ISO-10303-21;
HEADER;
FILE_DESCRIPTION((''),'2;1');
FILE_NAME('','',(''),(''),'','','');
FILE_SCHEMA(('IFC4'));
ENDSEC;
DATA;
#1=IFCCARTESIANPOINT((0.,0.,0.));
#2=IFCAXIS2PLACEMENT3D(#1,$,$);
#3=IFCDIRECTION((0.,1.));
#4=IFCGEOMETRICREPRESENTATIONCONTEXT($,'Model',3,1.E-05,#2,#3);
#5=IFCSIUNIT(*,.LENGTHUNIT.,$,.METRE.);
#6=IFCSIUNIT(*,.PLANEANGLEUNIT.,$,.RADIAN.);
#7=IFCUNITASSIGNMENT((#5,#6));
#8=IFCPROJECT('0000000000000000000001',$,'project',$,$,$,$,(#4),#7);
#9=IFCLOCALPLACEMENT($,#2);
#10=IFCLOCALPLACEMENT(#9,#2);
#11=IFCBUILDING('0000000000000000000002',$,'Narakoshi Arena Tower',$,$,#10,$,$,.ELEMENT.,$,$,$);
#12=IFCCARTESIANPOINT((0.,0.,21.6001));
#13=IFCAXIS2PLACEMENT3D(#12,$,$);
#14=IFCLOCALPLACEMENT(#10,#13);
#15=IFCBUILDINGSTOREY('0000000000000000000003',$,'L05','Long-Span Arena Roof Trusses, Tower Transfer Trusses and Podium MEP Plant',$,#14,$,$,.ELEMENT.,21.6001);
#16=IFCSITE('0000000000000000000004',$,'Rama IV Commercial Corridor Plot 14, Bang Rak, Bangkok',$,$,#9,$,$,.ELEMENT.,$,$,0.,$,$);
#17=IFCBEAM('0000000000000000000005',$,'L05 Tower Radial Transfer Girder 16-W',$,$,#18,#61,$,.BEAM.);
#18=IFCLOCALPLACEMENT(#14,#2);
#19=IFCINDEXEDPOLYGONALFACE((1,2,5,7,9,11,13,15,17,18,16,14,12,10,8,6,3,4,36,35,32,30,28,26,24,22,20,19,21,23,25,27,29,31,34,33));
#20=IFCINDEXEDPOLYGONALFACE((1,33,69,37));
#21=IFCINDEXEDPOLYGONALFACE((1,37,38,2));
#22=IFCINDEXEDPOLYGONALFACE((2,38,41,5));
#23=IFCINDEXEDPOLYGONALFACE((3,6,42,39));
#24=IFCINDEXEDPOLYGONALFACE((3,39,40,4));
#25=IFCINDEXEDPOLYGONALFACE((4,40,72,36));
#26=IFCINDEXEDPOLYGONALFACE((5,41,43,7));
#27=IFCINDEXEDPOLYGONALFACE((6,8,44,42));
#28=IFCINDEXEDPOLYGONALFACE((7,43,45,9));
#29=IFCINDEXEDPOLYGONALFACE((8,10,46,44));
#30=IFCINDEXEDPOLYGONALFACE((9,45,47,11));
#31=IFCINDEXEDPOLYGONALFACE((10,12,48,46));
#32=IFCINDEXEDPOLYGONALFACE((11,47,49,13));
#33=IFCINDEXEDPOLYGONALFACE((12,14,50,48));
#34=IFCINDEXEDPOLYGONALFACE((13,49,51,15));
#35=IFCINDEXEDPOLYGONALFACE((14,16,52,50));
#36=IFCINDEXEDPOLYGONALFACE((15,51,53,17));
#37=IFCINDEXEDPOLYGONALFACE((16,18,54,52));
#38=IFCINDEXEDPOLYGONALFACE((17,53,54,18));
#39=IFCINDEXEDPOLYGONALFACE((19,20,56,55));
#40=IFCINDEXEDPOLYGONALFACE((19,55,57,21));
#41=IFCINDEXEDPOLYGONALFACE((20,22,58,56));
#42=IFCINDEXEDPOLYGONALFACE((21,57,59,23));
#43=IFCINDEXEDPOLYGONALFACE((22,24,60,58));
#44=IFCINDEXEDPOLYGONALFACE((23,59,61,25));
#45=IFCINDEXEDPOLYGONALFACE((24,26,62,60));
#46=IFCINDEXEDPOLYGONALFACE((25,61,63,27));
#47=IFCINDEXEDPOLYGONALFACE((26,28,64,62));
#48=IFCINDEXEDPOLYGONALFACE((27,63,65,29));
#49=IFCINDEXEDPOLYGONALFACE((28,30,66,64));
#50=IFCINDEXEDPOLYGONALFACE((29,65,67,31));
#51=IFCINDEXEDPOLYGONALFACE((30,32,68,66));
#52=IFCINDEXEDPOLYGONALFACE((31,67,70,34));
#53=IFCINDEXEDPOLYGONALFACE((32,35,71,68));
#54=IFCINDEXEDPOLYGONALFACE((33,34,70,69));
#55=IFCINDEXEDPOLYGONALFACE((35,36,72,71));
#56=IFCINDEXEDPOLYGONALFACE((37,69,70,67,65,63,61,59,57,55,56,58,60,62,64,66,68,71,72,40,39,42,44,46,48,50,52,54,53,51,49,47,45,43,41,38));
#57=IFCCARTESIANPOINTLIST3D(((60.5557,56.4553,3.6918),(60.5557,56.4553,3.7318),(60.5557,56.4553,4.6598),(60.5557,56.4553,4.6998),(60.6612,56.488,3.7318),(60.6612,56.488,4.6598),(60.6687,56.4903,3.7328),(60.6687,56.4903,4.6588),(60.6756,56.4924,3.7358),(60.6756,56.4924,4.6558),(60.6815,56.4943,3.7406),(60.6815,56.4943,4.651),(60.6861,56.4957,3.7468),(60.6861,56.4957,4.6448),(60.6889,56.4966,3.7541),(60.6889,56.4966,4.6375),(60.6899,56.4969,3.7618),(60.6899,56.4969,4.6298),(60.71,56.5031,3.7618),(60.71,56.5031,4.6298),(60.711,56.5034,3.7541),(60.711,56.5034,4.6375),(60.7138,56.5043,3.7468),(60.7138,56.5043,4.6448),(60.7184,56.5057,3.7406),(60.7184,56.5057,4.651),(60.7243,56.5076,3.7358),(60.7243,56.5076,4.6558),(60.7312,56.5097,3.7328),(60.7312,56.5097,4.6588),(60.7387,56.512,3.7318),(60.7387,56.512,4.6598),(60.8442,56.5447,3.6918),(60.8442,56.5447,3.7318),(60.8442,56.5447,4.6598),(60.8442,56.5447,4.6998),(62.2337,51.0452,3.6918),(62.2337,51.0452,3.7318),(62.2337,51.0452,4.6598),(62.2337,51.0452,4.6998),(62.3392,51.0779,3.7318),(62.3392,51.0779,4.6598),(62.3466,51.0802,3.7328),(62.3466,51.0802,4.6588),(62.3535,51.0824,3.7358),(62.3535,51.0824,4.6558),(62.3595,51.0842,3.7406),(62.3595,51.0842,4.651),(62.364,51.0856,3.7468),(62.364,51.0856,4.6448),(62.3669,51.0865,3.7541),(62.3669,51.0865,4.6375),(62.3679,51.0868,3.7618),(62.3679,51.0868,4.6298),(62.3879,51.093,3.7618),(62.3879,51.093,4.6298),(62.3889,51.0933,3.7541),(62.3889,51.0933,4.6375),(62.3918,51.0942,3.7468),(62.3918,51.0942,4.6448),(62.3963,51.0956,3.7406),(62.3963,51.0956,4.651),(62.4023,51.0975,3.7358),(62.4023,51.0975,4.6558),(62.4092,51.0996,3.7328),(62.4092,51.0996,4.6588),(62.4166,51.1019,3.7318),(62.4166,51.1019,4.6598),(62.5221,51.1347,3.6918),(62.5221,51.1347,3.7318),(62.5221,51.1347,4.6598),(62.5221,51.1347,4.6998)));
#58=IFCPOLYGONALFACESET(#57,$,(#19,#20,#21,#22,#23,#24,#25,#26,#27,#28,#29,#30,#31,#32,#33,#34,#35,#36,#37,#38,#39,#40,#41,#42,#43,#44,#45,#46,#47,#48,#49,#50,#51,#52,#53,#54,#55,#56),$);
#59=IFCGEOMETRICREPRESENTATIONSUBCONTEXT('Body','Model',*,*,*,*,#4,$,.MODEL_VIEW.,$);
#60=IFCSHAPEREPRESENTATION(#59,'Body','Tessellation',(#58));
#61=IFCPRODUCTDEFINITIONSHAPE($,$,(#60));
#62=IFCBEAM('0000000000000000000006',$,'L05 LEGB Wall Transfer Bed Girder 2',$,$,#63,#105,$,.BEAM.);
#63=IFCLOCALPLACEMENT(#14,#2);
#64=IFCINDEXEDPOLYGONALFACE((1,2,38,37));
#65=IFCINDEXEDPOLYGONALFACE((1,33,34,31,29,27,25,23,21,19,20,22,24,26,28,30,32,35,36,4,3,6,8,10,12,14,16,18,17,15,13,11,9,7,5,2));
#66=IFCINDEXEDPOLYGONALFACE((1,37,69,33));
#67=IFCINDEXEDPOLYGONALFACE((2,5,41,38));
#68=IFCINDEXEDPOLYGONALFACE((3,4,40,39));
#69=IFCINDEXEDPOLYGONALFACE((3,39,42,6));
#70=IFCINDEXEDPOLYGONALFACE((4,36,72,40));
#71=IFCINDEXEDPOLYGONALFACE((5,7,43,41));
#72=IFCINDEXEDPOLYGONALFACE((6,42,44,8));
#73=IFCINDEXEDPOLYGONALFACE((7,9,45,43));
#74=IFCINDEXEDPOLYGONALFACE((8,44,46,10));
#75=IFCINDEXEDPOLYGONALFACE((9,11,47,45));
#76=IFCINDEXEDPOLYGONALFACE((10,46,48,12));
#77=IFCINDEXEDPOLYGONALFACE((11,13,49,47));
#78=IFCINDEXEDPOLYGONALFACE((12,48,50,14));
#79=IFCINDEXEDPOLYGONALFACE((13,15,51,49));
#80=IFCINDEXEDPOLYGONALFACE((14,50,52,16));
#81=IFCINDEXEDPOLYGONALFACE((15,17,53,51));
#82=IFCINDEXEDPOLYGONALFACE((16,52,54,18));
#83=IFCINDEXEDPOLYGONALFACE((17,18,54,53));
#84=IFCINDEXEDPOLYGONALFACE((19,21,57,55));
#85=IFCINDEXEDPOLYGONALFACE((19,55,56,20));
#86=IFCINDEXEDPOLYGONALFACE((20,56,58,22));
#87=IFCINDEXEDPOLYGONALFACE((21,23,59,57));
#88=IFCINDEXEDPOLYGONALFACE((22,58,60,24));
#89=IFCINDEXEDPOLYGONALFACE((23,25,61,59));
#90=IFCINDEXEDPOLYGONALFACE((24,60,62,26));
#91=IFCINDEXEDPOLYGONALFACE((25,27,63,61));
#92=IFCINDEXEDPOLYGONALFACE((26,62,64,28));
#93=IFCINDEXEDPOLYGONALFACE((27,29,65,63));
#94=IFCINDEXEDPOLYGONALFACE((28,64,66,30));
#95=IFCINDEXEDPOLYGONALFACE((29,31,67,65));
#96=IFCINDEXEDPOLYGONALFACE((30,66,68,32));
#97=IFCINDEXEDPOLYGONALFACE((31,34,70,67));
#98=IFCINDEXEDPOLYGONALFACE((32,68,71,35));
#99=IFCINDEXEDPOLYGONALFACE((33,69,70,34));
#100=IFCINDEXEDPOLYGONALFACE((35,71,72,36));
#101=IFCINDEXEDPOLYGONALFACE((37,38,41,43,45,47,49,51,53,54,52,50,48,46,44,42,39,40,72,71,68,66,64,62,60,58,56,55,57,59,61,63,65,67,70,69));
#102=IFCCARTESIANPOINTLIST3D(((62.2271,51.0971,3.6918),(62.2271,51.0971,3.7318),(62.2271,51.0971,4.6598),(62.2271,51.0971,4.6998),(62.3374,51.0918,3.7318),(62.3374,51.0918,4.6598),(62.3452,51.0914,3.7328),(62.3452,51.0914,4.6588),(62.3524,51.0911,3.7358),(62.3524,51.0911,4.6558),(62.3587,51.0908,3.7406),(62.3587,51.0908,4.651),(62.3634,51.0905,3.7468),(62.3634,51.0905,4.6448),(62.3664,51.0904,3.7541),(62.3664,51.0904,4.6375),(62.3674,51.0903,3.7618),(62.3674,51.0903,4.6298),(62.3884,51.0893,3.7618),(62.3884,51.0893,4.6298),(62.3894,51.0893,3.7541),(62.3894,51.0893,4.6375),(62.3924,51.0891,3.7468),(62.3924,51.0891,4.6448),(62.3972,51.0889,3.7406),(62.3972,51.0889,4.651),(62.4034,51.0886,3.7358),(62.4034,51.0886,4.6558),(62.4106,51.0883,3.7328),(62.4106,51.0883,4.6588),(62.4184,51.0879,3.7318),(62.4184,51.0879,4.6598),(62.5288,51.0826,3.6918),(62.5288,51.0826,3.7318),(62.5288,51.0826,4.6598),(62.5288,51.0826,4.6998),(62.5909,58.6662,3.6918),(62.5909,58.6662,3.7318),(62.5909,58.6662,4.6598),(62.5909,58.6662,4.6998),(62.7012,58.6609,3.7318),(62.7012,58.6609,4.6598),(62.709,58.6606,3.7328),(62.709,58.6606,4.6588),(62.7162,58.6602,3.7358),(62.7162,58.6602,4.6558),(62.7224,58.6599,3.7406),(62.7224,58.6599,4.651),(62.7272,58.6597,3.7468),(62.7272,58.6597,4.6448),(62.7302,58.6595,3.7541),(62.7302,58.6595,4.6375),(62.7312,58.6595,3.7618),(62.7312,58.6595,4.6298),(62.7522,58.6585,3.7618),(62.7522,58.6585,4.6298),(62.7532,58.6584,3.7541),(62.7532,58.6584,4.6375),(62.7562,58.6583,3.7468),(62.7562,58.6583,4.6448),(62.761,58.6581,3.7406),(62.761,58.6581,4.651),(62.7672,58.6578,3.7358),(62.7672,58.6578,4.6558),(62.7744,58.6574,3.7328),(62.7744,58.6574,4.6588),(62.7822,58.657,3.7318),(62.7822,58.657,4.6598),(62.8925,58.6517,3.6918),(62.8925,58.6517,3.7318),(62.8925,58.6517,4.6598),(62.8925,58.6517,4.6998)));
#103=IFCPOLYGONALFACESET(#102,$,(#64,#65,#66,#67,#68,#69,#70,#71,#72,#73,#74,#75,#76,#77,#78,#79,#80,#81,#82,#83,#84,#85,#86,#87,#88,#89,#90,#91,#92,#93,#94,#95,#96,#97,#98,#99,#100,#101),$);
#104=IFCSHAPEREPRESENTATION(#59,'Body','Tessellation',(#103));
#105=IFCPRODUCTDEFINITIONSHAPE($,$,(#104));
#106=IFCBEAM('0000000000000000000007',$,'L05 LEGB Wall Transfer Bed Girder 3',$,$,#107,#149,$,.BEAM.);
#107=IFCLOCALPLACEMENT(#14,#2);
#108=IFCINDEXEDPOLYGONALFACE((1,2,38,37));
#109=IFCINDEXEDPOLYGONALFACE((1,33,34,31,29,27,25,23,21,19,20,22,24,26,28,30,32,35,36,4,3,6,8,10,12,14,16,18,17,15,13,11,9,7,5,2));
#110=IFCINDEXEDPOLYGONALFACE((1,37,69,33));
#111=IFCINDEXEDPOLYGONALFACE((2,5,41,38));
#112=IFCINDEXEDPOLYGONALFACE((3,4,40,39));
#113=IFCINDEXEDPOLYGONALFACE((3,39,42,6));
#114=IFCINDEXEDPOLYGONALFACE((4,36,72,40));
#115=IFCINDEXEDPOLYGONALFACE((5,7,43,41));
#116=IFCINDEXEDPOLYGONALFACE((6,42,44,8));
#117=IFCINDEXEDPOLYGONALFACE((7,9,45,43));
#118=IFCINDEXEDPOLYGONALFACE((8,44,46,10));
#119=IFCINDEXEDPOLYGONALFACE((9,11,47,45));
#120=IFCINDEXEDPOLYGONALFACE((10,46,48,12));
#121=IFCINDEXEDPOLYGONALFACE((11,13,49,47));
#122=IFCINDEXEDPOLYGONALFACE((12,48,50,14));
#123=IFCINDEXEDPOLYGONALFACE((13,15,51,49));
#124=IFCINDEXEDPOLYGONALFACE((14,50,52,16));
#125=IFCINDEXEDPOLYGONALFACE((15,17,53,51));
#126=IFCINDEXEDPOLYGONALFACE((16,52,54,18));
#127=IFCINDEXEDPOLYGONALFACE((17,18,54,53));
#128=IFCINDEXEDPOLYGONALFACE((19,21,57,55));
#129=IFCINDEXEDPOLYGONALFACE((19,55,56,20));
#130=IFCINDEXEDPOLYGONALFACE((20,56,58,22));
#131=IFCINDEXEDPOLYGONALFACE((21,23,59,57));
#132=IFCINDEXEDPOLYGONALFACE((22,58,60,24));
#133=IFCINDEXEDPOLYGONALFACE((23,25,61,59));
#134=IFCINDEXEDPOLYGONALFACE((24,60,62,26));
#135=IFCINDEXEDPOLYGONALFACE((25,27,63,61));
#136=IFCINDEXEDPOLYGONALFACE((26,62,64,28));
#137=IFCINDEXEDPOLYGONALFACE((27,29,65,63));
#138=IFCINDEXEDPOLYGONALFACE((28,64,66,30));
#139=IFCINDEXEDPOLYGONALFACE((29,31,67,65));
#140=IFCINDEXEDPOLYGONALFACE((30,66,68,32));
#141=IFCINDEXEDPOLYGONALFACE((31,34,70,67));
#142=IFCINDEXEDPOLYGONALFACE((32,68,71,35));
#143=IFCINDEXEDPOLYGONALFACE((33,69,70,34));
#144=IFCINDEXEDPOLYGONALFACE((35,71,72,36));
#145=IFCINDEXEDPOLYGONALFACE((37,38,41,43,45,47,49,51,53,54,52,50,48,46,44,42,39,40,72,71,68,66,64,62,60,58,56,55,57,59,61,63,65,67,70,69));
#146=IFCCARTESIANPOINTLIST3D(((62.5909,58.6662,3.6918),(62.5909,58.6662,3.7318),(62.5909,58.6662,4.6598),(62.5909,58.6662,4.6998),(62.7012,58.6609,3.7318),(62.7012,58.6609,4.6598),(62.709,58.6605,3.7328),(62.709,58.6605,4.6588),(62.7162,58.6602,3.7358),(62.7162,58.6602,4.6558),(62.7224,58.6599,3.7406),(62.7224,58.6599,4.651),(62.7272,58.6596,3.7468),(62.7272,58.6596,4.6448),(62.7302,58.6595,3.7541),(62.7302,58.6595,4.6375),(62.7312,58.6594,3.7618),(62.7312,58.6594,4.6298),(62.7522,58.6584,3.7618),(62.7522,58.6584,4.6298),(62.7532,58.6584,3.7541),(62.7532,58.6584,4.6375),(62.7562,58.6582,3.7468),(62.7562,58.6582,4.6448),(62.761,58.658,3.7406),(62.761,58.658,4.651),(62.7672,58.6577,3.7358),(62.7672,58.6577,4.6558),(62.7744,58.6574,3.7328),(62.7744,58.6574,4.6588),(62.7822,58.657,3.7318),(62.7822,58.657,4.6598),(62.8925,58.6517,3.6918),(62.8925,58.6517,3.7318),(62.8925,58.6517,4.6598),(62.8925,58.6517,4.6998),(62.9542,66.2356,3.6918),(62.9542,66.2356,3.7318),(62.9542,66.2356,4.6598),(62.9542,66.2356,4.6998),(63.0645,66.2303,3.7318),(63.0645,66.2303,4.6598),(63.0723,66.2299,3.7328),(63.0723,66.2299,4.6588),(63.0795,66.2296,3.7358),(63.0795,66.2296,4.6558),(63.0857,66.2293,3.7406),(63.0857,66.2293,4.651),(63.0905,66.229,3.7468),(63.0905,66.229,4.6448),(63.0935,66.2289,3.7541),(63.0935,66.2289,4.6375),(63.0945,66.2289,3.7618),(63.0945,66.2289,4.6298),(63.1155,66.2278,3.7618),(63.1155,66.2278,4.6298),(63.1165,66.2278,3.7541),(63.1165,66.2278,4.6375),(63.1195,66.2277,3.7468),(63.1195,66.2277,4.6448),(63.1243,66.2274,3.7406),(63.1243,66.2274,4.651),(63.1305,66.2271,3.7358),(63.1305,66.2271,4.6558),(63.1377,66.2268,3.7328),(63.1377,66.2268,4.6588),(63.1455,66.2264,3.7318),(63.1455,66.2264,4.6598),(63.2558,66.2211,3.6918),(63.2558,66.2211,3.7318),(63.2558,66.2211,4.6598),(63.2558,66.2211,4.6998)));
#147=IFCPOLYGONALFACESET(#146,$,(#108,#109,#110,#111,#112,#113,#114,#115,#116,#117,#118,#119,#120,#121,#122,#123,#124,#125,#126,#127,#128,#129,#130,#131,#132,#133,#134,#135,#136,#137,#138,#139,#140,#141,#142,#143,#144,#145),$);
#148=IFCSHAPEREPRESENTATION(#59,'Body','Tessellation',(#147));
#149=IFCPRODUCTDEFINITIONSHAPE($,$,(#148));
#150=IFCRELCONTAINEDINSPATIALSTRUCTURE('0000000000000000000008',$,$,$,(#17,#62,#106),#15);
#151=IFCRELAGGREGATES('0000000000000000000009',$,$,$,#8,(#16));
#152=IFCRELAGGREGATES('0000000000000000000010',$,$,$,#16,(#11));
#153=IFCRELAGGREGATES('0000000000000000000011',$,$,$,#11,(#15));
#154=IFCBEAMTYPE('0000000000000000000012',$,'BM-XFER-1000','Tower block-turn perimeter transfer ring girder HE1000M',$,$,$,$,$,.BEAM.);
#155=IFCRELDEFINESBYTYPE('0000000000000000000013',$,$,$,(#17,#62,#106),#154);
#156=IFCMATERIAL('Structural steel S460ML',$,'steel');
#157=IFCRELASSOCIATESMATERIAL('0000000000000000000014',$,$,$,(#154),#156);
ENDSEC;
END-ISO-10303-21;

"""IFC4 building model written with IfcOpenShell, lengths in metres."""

from ifc_helpers import new_model, si_unit, direction, frame, origin, origin_2d, place, context, subcontext, project, spatial, i_section, extrude, material, material_profile, profile_set, type_object, element, save


model = new_model("IFC4")

# Units and contexts
model_context = context("Model", 3, precision=1e-05, world=origin(), true_north=direction((0.0, 1.0)))
body_context = subcontext(model_context, "Body", "Model", "MODEL_VIEW")
ifc_project = project(units=[si_unit("LENGTHUNIT", "METRE"), si_unit("PLANEANGLEUNIT", "RADIAN")], contexts=[model_context])

# Site, building, storey
site_placement = place(None, origin())
site = spatial("IfcSite", under=ifc_project, at=site_placement, Name="Rama IV Commercial Corridor Plot 14, Bang Rak, Bangkok", CompositionType="ELEMENT", RefElevation=0.0)
building_placement = place(site_placement, origin())
building = spatial("IfcBuilding", under=site, at=building_placement, Name="Narakoshi Arena Tower", CompositionType="ELEMENT")
storey_placement = place(building_placement, frame((0.0, 0.0, 21.6001)))
storey = spatial("IfcBuildingStorey", under=building, at=storey_placement, Name="L05", Description="Long-Span Arena Roof Trusses, Tower Transfer Trusses and Podium MEP Plant", CompositionType="ELEMENT", Elevation=21.6001)

# Beams
ifc_material_1 = material(Name="Structural steel S460ML", Category="steel")
ifc_material_profile_1 = material_profile(ifc_material_1, i_section(OverallWidth=0.302, OverallDepth=1.0081, WebThickness=0.021, FlangeThickness=0.04, FilletRadius=0.03, at=origin_2d()), Name="HE1000M")
ifc_profile_set_1 = profile_set([ifc_material_profile_1], Name="Structural steel S460ML")
beam_type_1 = type_object("IfcBeamType", Name="BM-XFER-1000", Description="Tower block-turn perimeter transfer ring girder HE1000M", PredefinedType="BEAM", material=ifc_profile_set_1)
beam_1_placement = place(storey_placement, frame((60.7, 56.5, 4.1958), z_axis=(0.296232, -0.955116, 0.0), x_axis=(0.955116, 0.296232, 0.0)))
element("IfcBeam", 1, at=beam_1_placement, inside=storey, type_object=beam_type_1, Name="L05 Tower Radial Transfer Girder 16-W", PredefinedType="BEAM", context=body_context, shape_type="SweptSolid", body=[
    extrude(i_section(OverallWidth=0.302, OverallDepth=1.0081, WebThickness=0.021, FlangeThickness=0.04, FilletRadius=0.03, at=origin_2d()), origin(), (0.0, 0.0, 1.0), 5.6643),
])
beam_2_placement = place(storey_placement, frame((62.3779, 51.0898, 4.1958), z_axis=(0.048004, 0.998847, 0.0), x_axis=(-0.998847, 0.048004, 0.0)))
element("IfcBeam", 2, at=beam_2_placement, inside=storey, type_object=beam_type_1, Name="L05 LEGB Wall Transfer Bed Girder 2", PredefinedType="BEAM", context=body_context, shape_type="SweptSolid", body=[
    extrude(i_section(OverallWidth=0.302, OverallDepth=1.0081, WebThickness=0.021, FlangeThickness=0.04, FilletRadius=0.03, at=origin_2d()), origin(), (0.0, 0.0, 1.0), 7.5779),
])
beam_3_placement = place(storey_placement, frame((62.7417, 58.6589, 4.1958), z_axis=(0.047939, 0.99885, 0.0), x_axis=(-0.99885, 0.047939, 0.0)))
element("IfcBeam", 3, at=beam_3_placement, inside=storey, type_object=beam_type_1, Name="L05 LEGB Wall Transfer Bed Girder 3", PredefinedType="BEAM", context=body_context, shape_type="SweptSolid", body=[
    extrude(i_section(OverallWidth=0.302, OverallDepth=1.0081, WebThickness=0.021, FlangeThickness=0.04, FilletRadius=0.03, at=origin_2d()), origin(), (0.0, 0.0, 1.0), 7.5781),
])

save(model, "model.ifc")
